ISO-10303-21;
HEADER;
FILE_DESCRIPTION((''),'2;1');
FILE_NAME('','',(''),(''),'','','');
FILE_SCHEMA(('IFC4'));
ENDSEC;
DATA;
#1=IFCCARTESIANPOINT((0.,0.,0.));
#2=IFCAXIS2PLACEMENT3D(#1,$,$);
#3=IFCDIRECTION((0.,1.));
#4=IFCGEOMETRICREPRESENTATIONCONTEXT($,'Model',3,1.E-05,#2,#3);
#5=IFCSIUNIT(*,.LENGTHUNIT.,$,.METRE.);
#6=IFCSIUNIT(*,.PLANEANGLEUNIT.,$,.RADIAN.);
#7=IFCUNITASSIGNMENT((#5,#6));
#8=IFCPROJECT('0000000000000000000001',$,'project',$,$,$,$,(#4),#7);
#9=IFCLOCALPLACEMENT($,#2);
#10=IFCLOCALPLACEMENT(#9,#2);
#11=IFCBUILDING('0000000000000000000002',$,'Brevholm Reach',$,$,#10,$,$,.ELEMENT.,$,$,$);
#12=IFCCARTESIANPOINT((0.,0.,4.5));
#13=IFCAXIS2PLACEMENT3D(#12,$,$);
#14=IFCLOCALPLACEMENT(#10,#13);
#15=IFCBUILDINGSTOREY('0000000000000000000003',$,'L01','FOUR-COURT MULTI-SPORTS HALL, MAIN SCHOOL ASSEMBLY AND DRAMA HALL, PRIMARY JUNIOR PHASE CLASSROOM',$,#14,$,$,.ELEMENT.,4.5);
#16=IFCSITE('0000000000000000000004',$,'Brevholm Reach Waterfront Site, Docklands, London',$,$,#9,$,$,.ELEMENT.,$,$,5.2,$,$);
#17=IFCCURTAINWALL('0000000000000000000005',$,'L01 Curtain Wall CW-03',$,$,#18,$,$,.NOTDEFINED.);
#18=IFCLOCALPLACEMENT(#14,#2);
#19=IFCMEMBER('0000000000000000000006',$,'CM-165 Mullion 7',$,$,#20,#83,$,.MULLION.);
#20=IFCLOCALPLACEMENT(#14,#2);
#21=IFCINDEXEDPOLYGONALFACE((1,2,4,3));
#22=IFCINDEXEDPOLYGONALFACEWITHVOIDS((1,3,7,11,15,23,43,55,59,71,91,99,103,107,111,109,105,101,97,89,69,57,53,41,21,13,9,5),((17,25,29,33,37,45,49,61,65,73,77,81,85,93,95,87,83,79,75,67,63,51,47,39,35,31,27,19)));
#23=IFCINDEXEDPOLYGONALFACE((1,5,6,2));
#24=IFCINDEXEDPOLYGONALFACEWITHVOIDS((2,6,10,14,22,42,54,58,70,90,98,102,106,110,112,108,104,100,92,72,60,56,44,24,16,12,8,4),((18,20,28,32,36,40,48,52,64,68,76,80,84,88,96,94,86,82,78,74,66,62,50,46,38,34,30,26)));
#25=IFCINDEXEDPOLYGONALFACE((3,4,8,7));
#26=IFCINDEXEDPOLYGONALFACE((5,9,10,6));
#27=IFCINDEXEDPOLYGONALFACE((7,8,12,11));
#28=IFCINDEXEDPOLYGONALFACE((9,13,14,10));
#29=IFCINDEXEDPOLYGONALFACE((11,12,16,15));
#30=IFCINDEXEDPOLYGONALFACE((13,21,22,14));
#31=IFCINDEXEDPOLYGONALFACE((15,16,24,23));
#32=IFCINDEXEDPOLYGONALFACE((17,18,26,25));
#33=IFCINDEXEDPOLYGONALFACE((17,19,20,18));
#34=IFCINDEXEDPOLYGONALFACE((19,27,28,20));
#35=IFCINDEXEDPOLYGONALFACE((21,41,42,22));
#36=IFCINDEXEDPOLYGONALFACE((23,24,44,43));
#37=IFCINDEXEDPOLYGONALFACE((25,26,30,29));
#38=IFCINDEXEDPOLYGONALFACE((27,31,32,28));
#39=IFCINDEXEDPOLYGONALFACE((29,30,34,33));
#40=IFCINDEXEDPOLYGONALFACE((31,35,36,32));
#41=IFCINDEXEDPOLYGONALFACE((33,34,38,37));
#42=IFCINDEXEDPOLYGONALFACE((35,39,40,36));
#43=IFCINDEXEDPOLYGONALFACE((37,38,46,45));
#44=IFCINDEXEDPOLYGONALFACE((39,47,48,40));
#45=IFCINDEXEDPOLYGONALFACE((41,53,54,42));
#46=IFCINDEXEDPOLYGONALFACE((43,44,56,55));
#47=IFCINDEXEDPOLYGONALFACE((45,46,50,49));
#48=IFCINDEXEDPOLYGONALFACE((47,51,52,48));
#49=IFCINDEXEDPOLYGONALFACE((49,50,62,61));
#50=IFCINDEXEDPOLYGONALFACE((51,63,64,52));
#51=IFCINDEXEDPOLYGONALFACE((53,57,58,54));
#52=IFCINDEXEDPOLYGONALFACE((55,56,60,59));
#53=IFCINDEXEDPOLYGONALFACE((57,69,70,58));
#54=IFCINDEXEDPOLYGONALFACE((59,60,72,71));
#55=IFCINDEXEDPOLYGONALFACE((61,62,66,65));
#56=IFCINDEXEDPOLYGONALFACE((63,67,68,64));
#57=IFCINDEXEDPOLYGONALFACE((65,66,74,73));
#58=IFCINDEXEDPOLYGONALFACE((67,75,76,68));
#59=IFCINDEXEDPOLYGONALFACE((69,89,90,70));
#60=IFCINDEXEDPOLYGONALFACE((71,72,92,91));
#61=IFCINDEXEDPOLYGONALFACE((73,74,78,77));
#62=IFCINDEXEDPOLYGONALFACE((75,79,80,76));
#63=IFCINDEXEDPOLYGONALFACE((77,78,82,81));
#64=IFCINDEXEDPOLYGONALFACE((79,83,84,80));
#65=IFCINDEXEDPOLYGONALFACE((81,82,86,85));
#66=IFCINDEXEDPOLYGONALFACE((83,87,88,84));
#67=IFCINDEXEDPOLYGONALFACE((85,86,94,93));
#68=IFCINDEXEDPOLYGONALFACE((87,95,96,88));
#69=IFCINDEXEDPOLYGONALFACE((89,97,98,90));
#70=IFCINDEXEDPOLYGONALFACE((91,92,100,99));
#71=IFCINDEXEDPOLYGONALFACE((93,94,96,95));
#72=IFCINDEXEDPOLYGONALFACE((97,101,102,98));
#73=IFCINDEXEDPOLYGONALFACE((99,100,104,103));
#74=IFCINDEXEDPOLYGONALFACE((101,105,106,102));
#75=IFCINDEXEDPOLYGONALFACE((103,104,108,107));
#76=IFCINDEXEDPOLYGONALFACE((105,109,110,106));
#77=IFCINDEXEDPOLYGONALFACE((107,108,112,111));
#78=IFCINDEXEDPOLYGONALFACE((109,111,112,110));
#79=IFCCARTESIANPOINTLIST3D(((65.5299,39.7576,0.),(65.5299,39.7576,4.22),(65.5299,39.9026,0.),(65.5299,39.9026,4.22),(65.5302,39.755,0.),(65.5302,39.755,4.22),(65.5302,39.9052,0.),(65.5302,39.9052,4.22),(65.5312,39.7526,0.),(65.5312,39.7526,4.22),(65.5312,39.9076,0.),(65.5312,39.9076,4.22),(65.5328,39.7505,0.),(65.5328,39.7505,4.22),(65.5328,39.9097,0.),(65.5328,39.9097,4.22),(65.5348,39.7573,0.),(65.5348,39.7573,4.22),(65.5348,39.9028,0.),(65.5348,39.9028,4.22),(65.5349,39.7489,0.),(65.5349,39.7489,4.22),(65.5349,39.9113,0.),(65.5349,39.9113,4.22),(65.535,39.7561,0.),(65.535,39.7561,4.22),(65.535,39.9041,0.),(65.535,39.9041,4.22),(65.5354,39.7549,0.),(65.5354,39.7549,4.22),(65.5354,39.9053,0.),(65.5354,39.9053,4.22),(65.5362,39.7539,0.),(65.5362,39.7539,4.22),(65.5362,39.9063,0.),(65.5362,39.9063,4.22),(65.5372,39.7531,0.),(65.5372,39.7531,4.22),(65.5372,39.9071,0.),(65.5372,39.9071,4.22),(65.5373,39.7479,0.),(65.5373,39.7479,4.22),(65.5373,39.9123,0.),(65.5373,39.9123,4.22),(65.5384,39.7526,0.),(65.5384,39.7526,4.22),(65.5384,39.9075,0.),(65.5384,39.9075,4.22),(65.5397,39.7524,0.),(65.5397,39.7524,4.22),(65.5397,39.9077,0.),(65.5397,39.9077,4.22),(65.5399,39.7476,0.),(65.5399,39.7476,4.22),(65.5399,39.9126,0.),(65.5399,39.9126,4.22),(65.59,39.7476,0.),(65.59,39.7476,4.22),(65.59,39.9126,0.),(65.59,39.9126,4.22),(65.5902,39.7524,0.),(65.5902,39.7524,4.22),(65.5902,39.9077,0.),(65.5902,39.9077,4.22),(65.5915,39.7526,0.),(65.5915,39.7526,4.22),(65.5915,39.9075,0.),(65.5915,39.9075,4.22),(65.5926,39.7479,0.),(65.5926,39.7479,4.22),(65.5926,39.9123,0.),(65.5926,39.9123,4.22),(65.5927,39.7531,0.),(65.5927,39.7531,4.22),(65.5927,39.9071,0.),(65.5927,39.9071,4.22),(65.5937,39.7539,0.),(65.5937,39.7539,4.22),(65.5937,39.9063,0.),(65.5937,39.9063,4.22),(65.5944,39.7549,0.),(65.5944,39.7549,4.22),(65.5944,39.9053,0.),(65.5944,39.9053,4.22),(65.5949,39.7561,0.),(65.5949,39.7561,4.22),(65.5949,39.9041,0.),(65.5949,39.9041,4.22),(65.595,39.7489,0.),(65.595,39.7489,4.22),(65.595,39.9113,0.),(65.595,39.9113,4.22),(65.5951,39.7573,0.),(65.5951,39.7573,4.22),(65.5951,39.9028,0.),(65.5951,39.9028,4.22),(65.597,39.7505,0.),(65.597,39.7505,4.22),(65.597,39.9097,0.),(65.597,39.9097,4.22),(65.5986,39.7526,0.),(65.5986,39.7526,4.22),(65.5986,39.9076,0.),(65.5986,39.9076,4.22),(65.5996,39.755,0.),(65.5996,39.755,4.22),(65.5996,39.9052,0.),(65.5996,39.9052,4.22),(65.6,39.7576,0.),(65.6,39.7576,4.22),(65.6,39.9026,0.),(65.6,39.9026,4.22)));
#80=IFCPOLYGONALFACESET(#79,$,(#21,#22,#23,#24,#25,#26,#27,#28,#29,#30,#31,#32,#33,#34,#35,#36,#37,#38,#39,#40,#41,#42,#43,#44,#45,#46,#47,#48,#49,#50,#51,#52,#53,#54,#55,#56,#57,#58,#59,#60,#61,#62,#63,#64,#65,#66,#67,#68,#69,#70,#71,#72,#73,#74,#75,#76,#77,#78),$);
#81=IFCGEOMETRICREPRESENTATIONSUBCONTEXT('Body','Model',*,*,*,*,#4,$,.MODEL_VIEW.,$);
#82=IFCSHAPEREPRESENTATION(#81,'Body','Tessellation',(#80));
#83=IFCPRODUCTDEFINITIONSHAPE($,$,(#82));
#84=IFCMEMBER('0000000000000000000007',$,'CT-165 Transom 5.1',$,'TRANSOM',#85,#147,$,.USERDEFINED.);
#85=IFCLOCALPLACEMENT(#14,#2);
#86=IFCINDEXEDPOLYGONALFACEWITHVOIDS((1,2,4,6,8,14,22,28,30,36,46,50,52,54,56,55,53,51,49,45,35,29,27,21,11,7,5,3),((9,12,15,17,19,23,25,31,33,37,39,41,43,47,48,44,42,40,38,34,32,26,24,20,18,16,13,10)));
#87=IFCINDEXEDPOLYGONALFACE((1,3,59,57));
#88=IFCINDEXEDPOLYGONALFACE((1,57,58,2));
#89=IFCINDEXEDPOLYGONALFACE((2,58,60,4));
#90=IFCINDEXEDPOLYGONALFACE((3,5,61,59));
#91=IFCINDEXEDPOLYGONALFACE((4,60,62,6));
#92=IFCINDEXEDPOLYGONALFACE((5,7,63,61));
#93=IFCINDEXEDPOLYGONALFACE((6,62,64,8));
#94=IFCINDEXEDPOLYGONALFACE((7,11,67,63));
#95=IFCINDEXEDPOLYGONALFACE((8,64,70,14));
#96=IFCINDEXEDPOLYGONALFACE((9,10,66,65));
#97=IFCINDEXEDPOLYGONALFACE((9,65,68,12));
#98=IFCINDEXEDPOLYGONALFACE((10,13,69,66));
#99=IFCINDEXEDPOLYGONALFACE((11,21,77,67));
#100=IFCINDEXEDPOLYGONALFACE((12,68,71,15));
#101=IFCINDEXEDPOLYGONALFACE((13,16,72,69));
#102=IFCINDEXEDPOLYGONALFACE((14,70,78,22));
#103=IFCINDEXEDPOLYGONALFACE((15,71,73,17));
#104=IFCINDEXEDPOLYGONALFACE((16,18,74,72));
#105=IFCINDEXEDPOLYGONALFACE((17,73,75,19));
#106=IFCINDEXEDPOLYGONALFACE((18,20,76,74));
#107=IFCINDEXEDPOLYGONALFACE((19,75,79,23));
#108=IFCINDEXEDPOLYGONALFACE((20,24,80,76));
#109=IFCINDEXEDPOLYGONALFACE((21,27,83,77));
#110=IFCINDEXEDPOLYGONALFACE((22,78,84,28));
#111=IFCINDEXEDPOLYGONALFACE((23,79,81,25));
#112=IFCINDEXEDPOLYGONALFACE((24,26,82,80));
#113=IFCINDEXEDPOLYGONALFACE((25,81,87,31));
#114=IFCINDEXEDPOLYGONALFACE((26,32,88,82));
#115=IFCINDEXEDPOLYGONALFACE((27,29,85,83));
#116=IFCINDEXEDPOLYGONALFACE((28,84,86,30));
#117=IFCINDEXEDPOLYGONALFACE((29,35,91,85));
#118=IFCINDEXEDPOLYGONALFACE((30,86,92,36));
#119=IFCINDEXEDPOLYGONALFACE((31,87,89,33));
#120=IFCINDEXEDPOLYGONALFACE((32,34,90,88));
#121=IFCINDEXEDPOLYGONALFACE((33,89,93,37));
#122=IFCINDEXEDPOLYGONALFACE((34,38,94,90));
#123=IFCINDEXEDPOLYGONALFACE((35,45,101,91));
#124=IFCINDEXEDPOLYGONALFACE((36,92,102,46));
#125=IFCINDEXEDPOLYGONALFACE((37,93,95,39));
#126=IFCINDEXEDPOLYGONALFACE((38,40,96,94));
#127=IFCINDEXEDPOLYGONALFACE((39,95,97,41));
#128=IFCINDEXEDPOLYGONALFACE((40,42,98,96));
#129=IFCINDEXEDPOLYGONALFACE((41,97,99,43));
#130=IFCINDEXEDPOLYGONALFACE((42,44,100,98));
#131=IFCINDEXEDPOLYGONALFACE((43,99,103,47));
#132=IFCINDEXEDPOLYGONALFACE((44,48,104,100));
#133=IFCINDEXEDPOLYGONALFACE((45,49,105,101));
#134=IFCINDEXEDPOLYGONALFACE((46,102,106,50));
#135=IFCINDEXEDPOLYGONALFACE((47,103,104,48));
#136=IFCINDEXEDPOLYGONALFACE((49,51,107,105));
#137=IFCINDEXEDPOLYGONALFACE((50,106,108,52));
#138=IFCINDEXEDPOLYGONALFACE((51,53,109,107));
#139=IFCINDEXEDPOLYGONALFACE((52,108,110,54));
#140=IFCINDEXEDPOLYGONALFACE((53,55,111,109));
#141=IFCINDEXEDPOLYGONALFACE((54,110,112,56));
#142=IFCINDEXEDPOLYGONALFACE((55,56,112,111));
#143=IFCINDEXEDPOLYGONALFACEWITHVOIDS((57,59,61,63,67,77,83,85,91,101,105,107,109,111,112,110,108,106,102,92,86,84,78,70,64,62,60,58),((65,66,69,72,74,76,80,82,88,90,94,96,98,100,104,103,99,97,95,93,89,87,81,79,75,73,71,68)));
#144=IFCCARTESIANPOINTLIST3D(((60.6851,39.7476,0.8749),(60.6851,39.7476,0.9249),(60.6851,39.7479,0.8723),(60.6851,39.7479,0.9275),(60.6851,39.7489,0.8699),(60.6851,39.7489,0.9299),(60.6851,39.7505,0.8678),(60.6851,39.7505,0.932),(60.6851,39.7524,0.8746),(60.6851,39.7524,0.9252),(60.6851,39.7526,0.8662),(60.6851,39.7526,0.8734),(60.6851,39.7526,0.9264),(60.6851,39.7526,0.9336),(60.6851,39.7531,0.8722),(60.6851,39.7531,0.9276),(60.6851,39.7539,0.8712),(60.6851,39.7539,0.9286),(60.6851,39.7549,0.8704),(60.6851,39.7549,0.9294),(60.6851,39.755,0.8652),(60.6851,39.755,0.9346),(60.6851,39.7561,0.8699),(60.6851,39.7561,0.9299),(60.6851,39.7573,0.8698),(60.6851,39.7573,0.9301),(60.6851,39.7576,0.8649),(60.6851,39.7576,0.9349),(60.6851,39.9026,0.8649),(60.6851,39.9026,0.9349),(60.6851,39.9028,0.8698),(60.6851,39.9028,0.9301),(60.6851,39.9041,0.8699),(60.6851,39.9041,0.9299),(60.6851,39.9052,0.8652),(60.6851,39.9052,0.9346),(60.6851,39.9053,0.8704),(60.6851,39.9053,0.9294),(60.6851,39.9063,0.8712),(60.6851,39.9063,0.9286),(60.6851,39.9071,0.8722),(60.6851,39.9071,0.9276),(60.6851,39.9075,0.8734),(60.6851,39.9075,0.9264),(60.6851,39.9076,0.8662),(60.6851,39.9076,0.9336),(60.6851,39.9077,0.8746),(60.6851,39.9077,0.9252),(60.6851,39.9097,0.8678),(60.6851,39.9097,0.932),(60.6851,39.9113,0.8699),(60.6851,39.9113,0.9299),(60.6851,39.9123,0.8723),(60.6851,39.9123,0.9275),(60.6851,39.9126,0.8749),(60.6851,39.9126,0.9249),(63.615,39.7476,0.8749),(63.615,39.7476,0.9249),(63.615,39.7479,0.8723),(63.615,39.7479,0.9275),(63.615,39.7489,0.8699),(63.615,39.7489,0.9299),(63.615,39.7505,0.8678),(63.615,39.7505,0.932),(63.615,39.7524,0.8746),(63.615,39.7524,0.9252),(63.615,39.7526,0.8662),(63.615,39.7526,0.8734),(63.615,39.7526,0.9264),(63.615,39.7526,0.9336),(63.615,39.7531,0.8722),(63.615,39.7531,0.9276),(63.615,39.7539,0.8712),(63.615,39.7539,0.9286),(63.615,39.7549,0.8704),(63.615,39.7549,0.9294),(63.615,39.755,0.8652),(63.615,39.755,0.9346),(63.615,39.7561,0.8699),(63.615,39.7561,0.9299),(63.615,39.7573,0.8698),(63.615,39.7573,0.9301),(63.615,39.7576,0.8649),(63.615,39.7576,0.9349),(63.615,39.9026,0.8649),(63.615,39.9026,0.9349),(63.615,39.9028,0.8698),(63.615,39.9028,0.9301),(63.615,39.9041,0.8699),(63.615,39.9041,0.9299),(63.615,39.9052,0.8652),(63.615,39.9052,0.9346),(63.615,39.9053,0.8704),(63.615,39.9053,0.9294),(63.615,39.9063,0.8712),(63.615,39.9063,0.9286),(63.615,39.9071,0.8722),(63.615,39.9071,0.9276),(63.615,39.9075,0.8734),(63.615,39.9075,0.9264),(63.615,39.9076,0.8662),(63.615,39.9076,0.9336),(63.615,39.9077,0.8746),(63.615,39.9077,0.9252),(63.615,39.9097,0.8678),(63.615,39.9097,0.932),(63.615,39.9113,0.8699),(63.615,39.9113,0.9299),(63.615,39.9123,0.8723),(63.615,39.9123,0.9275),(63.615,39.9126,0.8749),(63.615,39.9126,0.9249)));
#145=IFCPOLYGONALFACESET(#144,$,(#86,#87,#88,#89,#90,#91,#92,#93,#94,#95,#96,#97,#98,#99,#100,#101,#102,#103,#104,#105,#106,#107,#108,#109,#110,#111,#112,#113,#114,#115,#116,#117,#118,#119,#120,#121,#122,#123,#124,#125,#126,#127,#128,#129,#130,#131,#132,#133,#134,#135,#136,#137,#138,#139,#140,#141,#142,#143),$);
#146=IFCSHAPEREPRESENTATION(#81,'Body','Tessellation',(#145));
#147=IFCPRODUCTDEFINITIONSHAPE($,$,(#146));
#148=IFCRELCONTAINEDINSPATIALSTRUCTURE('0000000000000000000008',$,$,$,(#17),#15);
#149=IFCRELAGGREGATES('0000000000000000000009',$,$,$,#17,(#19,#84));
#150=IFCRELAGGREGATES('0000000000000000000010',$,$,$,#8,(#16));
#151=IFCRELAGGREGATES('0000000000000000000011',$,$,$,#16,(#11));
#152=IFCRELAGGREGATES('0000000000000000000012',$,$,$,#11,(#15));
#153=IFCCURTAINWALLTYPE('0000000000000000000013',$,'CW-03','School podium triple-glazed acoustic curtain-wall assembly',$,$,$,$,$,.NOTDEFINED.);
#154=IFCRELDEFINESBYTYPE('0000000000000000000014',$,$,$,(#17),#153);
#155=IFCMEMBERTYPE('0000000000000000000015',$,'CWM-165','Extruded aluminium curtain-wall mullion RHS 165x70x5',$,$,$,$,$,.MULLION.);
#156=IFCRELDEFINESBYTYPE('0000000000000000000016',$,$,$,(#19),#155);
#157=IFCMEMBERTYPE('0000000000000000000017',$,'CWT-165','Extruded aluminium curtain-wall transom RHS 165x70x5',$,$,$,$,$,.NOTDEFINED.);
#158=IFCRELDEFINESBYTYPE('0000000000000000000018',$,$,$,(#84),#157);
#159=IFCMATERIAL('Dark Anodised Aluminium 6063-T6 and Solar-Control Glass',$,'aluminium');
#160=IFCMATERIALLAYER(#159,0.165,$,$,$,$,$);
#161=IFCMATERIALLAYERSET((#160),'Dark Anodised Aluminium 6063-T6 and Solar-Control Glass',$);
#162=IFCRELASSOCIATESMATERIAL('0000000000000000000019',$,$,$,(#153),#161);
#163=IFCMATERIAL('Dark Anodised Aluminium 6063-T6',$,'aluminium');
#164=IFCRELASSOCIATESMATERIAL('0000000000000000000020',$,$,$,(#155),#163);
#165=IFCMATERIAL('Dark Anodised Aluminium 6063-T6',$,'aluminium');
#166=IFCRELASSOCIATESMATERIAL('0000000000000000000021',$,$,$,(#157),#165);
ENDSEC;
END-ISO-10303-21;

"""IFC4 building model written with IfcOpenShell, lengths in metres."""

from ifc_helpers import new_model, si_unit, direction, frame, origin, origin_2d, place, context, subcontext, project, spatial, hollow_rectangle, extrude, material, layer, layer_set, material_profile, profile_set, type_object, element, aggregate, save


model = new_model("IFC4")

# Units and contexts
model_context = context("Model", 3, precision=1e-05, world=origin(), true_north=direction((0.0, 1.0)))
body_context = subcontext(model_context, "Body", "Model", "MODEL_VIEW")
ifc_project = project(units=[si_unit("LENGTHUNIT", "METRE"), si_unit("PLANEANGLEUNIT", "RADIAN")], contexts=[model_context])

# Site, building, storey
site_placement = place(None, origin())
site = spatial("IfcSite", under=ifc_project, at=site_placement, Name="Brevholm Reach Waterfront Site, Docklands, London", CompositionType="ELEMENT", RefElevation=5.2)
building_placement = place(site_placement, origin())
building = spatial("IfcBuilding", under=site, at=building_placement, Name="Brevholm Reach", CompositionType="ELEMENT")
storey_placement = place(building_placement, frame((0.0, 0.0, 4.5)))
storey = spatial("IfcBuildingStorey", under=building, at=storey_placement, Name="L01", Description="FOUR-COURT MULTI-SPORTS HALL, MAIN SCHOOL ASSEMBLY AND DRAMA HALL, PRIMARY JUNIOR PHASE CLASSROOM", CompositionType="ELEMENT", Elevation=4.5)

# Curtain wall, members
ifc_material_1 = material(Name="Dark Anodised Aluminium 6063-T6 and Solar-Control Glass", Category="aluminium")
ifc_layer_1 = layer(ifc_material_1, 0.165)
ifc_layer_set_1 = layer_set([ifc_layer_1], Name="Dark Anodised Aluminium 6063-T6 and Solar-Control Glass")
curtain_wall_type = type_object("IfcCurtainWallType", Name="CW-03", Description="School podium triple-glazed acoustic curtain-wall assembly", PredefinedType="NOTDEFINED", material=ifc_layer_set_1)
curtain_wall_placement = place(storey_placement, origin())
curtain_wall = element("IfcCurtainWall", 1, at=curtain_wall_placement, inside=storey, type_object=curtain_wall_type, Name="L01 Curtain Wall CW-03", PredefinedType="NOTDEFINED")
ifc_material_2 = material(Name="Dark Anodised Aluminium 6063-T6", Category="aluminium")
ifc_material_profile_1 = material_profile(ifc_material_2, hollow_rectangle(XDim=0.0701, YDim=0.165, WallThickness=0.0049, InnerFilletRadius=0.0049, OuterFilletRadius=0.01, at=origin_2d()), Name="RHS 165x70x5")
ifc_profile_set_1 = profile_set([ifc_material_profile_1], Name="Dark Anodised Aluminium 6063-T6")
member_type_1 = type_object("IfcMemberType", Name="CWM-165", Description="Extruded aluminium curtain-wall mullion RHS 165x70x5", PredefinedType="MULLION", material=ifc_profile_set_1)
member_1_placement = place(storey_placement, frame((65.5649, 39.8301, 0.0), z_axis=(0.0, 0.0, 1.0), x_axis=(1.0, 0.0, 0.0)))
member_1 = element("IfcMember", 2, at=member_1_placement, type_object=member_type_1, Name="CM-165 Mullion 7", PredefinedType="MULLION", context=body_context, shape_type="SweptSolid", body=[
    extrude(hollow_rectangle(XDim=0.0701, YDim=0.165, WallThickness=0.0049, InnerFilletRadius=0.0049, OuterFilletRadius=0.01, at=origin_2d()), origin(), (0.0, 0.0, 1.0), 4.22),
])
ifc_material_3 = material(Name="Dark Anodised Aluminium 6063-T6", Category="aluminium")
ifc_material_profile_2 = material_profile(ifc_material_3, hollow_rectangle(XDim=0.0701, YDim=0.165, WallThickness=0.0049, InnerFilletRadius=0.0049, OuterFilletRadius=0.01, at=origin_2d()), Name="RHS 165x70x5")
ifc_profile_set_2 = profile_set([ifc_material_profile_2], Name="Dark Anodised Aluminium 6063-T6")
member_type_2 = type_object("IfcMemberType", Name="CWT-165", Description="Extruded aluminium curtain-wall transom RHS 165x70x5", PredefinedType="NOTDEFINED", material=ifc_profile_set_2)
member_2_placement = place(storey_placement, frame((60.6851, 39.8301, 0.8999), z_axis=(1.0, 0.0, 0.0), x_axis=(0.0, 0.0, 1.0)))
member_2 = element("IfcMember", 3, at=member_2_placement, type_object=member_type_2, Name="CT-165 Transom 5.1", ObjectType="TRANSOM", PredefinedType="USERDEFINED", context=body_context, shape_type="SweptSolid", body=[
    extrude(hollow_rectangle(XDim=0.0701, YDim=0.165, WallThickness=0.0049, InnerFilletRadius=0.0049, OuterFilletRadius=0.01, at=origin_2d()), origin(), (0.0, 0.0, 1.0), 2.9299),
])
aggregate(curtain_wall, [member_1, member_2])

save(model, "model.ifc")
